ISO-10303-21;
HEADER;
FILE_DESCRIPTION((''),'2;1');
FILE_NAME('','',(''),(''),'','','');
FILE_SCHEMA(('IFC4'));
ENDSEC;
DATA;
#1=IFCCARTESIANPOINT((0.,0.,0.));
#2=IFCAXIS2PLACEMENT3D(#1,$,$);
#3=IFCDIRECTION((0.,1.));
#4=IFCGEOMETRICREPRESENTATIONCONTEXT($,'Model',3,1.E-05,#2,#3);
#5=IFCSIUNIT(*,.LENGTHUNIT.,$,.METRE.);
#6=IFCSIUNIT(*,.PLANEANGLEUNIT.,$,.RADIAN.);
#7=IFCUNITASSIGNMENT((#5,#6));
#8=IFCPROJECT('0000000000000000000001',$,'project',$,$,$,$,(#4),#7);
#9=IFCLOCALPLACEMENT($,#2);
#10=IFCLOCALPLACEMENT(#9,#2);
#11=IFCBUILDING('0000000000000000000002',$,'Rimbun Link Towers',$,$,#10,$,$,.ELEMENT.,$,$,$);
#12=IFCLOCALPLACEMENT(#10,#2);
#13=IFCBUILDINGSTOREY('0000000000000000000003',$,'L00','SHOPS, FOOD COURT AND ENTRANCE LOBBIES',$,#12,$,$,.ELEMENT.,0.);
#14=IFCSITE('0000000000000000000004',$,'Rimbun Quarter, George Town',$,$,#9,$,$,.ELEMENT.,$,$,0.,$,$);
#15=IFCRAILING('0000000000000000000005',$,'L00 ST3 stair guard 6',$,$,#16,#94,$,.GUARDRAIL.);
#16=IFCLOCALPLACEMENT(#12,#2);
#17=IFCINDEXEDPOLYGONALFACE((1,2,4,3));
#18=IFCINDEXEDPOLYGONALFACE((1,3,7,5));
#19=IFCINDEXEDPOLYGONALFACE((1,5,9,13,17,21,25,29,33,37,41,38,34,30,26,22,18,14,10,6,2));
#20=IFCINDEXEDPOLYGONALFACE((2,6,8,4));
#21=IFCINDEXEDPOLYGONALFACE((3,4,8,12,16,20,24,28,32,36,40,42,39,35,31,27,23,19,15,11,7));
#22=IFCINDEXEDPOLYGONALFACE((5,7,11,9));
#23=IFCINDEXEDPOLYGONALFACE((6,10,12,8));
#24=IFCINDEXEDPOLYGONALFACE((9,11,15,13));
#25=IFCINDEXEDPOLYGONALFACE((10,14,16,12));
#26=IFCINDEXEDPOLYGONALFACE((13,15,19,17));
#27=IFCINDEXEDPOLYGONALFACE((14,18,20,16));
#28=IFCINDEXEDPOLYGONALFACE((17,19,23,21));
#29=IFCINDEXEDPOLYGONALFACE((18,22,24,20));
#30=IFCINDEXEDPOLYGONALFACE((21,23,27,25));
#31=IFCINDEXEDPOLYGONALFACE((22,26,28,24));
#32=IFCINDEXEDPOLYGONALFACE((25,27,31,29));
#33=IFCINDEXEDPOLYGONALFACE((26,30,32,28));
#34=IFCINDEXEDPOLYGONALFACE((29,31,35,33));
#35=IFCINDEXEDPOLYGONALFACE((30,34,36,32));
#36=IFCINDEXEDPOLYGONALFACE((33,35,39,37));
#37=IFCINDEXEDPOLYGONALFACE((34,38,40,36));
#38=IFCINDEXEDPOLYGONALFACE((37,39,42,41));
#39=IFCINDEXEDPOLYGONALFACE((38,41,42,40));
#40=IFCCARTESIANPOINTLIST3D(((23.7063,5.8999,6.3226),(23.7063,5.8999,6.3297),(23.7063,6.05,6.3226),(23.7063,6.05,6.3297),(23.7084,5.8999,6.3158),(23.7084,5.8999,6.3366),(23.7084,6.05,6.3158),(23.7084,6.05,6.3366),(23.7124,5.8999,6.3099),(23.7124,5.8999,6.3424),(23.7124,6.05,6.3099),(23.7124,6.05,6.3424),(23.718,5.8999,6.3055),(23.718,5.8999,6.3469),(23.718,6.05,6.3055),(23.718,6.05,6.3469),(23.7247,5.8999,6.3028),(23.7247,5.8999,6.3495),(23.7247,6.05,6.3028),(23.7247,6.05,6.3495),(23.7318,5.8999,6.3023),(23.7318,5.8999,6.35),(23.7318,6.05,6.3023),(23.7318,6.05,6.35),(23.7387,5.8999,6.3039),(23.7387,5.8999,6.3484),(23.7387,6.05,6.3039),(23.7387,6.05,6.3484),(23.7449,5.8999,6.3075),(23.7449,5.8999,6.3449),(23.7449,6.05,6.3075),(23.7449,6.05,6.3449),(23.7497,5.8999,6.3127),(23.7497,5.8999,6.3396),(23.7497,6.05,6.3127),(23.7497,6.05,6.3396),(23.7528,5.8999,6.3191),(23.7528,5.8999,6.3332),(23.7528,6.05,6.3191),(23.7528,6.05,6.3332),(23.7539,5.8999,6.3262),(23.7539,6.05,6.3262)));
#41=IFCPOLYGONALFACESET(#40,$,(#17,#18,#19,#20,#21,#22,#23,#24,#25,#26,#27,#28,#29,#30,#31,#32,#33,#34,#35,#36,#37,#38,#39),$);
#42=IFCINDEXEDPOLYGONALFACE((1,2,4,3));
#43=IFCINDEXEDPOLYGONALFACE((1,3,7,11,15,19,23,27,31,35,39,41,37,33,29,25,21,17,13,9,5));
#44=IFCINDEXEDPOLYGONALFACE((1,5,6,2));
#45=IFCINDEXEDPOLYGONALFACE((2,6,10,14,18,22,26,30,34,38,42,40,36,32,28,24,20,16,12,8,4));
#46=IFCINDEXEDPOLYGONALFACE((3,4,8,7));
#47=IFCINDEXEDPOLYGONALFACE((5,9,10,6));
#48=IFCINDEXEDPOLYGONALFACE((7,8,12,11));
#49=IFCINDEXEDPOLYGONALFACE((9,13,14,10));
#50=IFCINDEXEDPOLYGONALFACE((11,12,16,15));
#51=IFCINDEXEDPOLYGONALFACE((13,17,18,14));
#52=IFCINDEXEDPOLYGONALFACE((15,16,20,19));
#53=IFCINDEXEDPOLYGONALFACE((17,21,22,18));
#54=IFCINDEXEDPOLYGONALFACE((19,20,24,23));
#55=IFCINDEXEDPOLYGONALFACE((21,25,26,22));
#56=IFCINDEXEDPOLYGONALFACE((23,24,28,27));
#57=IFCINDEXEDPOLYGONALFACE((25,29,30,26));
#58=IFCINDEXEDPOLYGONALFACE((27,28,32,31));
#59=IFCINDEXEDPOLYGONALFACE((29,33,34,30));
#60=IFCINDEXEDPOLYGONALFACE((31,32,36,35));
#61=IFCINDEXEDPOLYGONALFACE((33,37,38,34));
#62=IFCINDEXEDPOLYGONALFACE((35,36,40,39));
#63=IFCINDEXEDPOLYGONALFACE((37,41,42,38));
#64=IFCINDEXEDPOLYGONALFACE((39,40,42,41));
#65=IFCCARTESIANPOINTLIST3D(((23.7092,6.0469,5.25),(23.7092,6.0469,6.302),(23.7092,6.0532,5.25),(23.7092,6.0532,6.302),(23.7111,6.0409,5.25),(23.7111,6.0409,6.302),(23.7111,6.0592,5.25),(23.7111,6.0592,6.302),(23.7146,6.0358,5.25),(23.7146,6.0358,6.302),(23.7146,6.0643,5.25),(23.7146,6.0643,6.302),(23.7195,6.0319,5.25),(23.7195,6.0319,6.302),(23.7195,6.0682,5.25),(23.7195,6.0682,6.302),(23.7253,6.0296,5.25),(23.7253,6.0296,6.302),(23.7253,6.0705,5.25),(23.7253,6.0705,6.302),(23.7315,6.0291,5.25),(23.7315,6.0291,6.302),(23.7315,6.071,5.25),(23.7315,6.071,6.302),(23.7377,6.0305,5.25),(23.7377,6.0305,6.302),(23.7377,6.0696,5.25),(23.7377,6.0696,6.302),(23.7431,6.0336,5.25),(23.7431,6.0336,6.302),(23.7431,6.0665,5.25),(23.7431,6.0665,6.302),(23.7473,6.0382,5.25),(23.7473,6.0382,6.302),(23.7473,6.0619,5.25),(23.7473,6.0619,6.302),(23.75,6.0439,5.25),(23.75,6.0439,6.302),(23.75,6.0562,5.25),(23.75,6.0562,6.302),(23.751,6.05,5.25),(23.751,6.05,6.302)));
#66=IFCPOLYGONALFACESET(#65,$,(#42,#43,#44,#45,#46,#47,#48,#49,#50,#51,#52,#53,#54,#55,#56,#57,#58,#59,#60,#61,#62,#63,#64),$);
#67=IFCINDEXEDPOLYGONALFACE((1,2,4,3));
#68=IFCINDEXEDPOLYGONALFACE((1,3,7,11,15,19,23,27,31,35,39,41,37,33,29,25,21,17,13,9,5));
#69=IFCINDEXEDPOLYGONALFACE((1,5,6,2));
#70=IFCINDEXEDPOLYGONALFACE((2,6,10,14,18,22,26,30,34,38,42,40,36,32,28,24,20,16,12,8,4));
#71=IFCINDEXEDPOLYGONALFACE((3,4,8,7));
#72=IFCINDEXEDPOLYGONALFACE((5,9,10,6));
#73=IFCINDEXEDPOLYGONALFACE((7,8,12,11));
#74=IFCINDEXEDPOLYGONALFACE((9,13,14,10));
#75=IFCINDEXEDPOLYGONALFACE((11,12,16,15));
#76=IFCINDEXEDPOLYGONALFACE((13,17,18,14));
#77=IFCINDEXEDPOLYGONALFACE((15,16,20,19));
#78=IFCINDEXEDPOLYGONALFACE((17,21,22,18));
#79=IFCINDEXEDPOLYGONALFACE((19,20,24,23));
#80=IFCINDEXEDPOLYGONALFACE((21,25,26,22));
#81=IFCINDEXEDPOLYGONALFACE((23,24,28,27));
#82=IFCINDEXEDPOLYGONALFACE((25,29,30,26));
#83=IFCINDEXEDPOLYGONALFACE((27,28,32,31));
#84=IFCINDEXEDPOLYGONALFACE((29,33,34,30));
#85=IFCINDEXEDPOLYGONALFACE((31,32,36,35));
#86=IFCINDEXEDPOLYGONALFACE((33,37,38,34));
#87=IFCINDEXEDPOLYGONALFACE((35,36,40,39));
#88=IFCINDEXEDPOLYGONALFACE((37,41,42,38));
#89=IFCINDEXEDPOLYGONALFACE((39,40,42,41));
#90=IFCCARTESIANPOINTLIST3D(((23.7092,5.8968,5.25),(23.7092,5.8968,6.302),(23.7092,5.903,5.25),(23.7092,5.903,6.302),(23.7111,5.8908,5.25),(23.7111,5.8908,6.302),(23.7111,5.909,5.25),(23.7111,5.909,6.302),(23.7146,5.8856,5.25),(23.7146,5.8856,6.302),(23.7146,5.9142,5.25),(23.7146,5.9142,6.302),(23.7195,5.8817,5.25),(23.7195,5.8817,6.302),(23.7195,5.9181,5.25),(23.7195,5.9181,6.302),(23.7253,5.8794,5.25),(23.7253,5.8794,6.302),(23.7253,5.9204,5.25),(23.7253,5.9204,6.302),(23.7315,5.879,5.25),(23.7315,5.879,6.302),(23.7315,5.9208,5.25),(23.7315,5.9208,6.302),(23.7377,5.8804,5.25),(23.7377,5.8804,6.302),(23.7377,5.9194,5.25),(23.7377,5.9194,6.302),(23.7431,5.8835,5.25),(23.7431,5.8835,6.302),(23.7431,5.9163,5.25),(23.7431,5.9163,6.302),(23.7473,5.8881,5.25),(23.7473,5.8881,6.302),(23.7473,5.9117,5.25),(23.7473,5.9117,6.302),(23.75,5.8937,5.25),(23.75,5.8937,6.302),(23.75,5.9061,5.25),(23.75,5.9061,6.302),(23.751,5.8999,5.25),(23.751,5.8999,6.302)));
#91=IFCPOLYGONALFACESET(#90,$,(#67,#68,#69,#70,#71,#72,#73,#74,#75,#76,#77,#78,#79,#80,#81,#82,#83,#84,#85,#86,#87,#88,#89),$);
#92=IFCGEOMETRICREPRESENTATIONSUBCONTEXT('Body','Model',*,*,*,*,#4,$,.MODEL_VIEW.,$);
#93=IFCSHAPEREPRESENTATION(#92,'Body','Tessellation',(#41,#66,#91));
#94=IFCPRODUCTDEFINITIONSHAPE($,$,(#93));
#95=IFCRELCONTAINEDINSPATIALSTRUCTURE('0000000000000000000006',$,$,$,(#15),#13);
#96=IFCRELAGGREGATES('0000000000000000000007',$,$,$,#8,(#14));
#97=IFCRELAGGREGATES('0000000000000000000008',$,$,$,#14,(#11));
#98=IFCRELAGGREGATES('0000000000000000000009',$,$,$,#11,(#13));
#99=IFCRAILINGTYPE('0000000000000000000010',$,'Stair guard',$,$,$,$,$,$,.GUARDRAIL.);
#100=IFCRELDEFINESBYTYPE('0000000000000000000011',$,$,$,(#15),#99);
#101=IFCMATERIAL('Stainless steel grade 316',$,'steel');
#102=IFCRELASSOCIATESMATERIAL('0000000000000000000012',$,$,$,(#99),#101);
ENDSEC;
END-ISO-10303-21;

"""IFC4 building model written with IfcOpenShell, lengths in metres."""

from ifc_helpers import new_model, si_unit, direction, frame, origin, origin_2d, place, context, subcontext, project, spatial, circle, extrude, material, type_object, element, save


model = new_model("IFC4")

# Units and contexts
model_context = context("Model", 3, precision=1e-05, world=origin(), true_north=direction((0.0, 1.0)))
body_context = subcontext(model_context, "Body", "Model", "MODEL_VIEW")
ifc_project = project(units=[si_unit("LENGTHUNIT", "METRE"), si_unit("PLANEANGLEUNIT", "RADIAN")], contexts=[model_context])

# Site, building, storey
site_placement = place(None, origin())
site = spatial("IfcSite", under=ifc_project, at=site_placement, Name="Rimbun Quarter, George Town", CompositionType="ELEMENT", RefElevation=0.0)
building_placement = place(site_placement, origin())
building = spatial("IfcBuilding", under=site, at=building_placement, Name="Rimbun Link Towers", CompositionType="ELEMENT")
storey_placement = place(building_placement, origin())
storey = spatial("IfcBuildingStorey", under=building, at=storey_placement, Name="L00", Description="SHOPS, FOOD COURT AND ENTRANCE LOBBIES", CompositionType="ELEMENT", Elevation=0.0)

# Railing
ifc_material_1 = material(Name="Stainless steel grade 316", Category="steel")
railing_type_1 = type_object("IfcRailingType", Name="Stair guard", PredefinedType="GUARDRAIL", material=ifc_material_1)
railing_1_placement = place(storey_placement, frame((23.73, 6.05, 5.25)))
element("IfcRailing", 1, at=railing_1_placement, inside=storey, type_object=railing_type_1, Name="L00 ST3 stair guard 6", PredefinedType="GUARDRAIL", context=body_context, shape_type="SweptSolid", body=[
    extrude(circle(Radius=0.0239, at=origin_2d()), frame((0.0, 0.0, 1.0762), z_axis=(0.0, -1.0, 0.0), x_axis=(1.0, 0.0, 0.0)), (0.0, 0.0, 1.0), 0.1501),
    extrude(circle(Radius=0.021, at=origin_2d()), origin(), (0.0, 0.0, 1.0), 1.052),
    extrude(circle(Radius=0.021, at=origin_2d()), frame((0.0, -0.1501, 0.0)), (0.0, 0.0, 1.0), 1.052),
])

save(model, "model.ifc")
